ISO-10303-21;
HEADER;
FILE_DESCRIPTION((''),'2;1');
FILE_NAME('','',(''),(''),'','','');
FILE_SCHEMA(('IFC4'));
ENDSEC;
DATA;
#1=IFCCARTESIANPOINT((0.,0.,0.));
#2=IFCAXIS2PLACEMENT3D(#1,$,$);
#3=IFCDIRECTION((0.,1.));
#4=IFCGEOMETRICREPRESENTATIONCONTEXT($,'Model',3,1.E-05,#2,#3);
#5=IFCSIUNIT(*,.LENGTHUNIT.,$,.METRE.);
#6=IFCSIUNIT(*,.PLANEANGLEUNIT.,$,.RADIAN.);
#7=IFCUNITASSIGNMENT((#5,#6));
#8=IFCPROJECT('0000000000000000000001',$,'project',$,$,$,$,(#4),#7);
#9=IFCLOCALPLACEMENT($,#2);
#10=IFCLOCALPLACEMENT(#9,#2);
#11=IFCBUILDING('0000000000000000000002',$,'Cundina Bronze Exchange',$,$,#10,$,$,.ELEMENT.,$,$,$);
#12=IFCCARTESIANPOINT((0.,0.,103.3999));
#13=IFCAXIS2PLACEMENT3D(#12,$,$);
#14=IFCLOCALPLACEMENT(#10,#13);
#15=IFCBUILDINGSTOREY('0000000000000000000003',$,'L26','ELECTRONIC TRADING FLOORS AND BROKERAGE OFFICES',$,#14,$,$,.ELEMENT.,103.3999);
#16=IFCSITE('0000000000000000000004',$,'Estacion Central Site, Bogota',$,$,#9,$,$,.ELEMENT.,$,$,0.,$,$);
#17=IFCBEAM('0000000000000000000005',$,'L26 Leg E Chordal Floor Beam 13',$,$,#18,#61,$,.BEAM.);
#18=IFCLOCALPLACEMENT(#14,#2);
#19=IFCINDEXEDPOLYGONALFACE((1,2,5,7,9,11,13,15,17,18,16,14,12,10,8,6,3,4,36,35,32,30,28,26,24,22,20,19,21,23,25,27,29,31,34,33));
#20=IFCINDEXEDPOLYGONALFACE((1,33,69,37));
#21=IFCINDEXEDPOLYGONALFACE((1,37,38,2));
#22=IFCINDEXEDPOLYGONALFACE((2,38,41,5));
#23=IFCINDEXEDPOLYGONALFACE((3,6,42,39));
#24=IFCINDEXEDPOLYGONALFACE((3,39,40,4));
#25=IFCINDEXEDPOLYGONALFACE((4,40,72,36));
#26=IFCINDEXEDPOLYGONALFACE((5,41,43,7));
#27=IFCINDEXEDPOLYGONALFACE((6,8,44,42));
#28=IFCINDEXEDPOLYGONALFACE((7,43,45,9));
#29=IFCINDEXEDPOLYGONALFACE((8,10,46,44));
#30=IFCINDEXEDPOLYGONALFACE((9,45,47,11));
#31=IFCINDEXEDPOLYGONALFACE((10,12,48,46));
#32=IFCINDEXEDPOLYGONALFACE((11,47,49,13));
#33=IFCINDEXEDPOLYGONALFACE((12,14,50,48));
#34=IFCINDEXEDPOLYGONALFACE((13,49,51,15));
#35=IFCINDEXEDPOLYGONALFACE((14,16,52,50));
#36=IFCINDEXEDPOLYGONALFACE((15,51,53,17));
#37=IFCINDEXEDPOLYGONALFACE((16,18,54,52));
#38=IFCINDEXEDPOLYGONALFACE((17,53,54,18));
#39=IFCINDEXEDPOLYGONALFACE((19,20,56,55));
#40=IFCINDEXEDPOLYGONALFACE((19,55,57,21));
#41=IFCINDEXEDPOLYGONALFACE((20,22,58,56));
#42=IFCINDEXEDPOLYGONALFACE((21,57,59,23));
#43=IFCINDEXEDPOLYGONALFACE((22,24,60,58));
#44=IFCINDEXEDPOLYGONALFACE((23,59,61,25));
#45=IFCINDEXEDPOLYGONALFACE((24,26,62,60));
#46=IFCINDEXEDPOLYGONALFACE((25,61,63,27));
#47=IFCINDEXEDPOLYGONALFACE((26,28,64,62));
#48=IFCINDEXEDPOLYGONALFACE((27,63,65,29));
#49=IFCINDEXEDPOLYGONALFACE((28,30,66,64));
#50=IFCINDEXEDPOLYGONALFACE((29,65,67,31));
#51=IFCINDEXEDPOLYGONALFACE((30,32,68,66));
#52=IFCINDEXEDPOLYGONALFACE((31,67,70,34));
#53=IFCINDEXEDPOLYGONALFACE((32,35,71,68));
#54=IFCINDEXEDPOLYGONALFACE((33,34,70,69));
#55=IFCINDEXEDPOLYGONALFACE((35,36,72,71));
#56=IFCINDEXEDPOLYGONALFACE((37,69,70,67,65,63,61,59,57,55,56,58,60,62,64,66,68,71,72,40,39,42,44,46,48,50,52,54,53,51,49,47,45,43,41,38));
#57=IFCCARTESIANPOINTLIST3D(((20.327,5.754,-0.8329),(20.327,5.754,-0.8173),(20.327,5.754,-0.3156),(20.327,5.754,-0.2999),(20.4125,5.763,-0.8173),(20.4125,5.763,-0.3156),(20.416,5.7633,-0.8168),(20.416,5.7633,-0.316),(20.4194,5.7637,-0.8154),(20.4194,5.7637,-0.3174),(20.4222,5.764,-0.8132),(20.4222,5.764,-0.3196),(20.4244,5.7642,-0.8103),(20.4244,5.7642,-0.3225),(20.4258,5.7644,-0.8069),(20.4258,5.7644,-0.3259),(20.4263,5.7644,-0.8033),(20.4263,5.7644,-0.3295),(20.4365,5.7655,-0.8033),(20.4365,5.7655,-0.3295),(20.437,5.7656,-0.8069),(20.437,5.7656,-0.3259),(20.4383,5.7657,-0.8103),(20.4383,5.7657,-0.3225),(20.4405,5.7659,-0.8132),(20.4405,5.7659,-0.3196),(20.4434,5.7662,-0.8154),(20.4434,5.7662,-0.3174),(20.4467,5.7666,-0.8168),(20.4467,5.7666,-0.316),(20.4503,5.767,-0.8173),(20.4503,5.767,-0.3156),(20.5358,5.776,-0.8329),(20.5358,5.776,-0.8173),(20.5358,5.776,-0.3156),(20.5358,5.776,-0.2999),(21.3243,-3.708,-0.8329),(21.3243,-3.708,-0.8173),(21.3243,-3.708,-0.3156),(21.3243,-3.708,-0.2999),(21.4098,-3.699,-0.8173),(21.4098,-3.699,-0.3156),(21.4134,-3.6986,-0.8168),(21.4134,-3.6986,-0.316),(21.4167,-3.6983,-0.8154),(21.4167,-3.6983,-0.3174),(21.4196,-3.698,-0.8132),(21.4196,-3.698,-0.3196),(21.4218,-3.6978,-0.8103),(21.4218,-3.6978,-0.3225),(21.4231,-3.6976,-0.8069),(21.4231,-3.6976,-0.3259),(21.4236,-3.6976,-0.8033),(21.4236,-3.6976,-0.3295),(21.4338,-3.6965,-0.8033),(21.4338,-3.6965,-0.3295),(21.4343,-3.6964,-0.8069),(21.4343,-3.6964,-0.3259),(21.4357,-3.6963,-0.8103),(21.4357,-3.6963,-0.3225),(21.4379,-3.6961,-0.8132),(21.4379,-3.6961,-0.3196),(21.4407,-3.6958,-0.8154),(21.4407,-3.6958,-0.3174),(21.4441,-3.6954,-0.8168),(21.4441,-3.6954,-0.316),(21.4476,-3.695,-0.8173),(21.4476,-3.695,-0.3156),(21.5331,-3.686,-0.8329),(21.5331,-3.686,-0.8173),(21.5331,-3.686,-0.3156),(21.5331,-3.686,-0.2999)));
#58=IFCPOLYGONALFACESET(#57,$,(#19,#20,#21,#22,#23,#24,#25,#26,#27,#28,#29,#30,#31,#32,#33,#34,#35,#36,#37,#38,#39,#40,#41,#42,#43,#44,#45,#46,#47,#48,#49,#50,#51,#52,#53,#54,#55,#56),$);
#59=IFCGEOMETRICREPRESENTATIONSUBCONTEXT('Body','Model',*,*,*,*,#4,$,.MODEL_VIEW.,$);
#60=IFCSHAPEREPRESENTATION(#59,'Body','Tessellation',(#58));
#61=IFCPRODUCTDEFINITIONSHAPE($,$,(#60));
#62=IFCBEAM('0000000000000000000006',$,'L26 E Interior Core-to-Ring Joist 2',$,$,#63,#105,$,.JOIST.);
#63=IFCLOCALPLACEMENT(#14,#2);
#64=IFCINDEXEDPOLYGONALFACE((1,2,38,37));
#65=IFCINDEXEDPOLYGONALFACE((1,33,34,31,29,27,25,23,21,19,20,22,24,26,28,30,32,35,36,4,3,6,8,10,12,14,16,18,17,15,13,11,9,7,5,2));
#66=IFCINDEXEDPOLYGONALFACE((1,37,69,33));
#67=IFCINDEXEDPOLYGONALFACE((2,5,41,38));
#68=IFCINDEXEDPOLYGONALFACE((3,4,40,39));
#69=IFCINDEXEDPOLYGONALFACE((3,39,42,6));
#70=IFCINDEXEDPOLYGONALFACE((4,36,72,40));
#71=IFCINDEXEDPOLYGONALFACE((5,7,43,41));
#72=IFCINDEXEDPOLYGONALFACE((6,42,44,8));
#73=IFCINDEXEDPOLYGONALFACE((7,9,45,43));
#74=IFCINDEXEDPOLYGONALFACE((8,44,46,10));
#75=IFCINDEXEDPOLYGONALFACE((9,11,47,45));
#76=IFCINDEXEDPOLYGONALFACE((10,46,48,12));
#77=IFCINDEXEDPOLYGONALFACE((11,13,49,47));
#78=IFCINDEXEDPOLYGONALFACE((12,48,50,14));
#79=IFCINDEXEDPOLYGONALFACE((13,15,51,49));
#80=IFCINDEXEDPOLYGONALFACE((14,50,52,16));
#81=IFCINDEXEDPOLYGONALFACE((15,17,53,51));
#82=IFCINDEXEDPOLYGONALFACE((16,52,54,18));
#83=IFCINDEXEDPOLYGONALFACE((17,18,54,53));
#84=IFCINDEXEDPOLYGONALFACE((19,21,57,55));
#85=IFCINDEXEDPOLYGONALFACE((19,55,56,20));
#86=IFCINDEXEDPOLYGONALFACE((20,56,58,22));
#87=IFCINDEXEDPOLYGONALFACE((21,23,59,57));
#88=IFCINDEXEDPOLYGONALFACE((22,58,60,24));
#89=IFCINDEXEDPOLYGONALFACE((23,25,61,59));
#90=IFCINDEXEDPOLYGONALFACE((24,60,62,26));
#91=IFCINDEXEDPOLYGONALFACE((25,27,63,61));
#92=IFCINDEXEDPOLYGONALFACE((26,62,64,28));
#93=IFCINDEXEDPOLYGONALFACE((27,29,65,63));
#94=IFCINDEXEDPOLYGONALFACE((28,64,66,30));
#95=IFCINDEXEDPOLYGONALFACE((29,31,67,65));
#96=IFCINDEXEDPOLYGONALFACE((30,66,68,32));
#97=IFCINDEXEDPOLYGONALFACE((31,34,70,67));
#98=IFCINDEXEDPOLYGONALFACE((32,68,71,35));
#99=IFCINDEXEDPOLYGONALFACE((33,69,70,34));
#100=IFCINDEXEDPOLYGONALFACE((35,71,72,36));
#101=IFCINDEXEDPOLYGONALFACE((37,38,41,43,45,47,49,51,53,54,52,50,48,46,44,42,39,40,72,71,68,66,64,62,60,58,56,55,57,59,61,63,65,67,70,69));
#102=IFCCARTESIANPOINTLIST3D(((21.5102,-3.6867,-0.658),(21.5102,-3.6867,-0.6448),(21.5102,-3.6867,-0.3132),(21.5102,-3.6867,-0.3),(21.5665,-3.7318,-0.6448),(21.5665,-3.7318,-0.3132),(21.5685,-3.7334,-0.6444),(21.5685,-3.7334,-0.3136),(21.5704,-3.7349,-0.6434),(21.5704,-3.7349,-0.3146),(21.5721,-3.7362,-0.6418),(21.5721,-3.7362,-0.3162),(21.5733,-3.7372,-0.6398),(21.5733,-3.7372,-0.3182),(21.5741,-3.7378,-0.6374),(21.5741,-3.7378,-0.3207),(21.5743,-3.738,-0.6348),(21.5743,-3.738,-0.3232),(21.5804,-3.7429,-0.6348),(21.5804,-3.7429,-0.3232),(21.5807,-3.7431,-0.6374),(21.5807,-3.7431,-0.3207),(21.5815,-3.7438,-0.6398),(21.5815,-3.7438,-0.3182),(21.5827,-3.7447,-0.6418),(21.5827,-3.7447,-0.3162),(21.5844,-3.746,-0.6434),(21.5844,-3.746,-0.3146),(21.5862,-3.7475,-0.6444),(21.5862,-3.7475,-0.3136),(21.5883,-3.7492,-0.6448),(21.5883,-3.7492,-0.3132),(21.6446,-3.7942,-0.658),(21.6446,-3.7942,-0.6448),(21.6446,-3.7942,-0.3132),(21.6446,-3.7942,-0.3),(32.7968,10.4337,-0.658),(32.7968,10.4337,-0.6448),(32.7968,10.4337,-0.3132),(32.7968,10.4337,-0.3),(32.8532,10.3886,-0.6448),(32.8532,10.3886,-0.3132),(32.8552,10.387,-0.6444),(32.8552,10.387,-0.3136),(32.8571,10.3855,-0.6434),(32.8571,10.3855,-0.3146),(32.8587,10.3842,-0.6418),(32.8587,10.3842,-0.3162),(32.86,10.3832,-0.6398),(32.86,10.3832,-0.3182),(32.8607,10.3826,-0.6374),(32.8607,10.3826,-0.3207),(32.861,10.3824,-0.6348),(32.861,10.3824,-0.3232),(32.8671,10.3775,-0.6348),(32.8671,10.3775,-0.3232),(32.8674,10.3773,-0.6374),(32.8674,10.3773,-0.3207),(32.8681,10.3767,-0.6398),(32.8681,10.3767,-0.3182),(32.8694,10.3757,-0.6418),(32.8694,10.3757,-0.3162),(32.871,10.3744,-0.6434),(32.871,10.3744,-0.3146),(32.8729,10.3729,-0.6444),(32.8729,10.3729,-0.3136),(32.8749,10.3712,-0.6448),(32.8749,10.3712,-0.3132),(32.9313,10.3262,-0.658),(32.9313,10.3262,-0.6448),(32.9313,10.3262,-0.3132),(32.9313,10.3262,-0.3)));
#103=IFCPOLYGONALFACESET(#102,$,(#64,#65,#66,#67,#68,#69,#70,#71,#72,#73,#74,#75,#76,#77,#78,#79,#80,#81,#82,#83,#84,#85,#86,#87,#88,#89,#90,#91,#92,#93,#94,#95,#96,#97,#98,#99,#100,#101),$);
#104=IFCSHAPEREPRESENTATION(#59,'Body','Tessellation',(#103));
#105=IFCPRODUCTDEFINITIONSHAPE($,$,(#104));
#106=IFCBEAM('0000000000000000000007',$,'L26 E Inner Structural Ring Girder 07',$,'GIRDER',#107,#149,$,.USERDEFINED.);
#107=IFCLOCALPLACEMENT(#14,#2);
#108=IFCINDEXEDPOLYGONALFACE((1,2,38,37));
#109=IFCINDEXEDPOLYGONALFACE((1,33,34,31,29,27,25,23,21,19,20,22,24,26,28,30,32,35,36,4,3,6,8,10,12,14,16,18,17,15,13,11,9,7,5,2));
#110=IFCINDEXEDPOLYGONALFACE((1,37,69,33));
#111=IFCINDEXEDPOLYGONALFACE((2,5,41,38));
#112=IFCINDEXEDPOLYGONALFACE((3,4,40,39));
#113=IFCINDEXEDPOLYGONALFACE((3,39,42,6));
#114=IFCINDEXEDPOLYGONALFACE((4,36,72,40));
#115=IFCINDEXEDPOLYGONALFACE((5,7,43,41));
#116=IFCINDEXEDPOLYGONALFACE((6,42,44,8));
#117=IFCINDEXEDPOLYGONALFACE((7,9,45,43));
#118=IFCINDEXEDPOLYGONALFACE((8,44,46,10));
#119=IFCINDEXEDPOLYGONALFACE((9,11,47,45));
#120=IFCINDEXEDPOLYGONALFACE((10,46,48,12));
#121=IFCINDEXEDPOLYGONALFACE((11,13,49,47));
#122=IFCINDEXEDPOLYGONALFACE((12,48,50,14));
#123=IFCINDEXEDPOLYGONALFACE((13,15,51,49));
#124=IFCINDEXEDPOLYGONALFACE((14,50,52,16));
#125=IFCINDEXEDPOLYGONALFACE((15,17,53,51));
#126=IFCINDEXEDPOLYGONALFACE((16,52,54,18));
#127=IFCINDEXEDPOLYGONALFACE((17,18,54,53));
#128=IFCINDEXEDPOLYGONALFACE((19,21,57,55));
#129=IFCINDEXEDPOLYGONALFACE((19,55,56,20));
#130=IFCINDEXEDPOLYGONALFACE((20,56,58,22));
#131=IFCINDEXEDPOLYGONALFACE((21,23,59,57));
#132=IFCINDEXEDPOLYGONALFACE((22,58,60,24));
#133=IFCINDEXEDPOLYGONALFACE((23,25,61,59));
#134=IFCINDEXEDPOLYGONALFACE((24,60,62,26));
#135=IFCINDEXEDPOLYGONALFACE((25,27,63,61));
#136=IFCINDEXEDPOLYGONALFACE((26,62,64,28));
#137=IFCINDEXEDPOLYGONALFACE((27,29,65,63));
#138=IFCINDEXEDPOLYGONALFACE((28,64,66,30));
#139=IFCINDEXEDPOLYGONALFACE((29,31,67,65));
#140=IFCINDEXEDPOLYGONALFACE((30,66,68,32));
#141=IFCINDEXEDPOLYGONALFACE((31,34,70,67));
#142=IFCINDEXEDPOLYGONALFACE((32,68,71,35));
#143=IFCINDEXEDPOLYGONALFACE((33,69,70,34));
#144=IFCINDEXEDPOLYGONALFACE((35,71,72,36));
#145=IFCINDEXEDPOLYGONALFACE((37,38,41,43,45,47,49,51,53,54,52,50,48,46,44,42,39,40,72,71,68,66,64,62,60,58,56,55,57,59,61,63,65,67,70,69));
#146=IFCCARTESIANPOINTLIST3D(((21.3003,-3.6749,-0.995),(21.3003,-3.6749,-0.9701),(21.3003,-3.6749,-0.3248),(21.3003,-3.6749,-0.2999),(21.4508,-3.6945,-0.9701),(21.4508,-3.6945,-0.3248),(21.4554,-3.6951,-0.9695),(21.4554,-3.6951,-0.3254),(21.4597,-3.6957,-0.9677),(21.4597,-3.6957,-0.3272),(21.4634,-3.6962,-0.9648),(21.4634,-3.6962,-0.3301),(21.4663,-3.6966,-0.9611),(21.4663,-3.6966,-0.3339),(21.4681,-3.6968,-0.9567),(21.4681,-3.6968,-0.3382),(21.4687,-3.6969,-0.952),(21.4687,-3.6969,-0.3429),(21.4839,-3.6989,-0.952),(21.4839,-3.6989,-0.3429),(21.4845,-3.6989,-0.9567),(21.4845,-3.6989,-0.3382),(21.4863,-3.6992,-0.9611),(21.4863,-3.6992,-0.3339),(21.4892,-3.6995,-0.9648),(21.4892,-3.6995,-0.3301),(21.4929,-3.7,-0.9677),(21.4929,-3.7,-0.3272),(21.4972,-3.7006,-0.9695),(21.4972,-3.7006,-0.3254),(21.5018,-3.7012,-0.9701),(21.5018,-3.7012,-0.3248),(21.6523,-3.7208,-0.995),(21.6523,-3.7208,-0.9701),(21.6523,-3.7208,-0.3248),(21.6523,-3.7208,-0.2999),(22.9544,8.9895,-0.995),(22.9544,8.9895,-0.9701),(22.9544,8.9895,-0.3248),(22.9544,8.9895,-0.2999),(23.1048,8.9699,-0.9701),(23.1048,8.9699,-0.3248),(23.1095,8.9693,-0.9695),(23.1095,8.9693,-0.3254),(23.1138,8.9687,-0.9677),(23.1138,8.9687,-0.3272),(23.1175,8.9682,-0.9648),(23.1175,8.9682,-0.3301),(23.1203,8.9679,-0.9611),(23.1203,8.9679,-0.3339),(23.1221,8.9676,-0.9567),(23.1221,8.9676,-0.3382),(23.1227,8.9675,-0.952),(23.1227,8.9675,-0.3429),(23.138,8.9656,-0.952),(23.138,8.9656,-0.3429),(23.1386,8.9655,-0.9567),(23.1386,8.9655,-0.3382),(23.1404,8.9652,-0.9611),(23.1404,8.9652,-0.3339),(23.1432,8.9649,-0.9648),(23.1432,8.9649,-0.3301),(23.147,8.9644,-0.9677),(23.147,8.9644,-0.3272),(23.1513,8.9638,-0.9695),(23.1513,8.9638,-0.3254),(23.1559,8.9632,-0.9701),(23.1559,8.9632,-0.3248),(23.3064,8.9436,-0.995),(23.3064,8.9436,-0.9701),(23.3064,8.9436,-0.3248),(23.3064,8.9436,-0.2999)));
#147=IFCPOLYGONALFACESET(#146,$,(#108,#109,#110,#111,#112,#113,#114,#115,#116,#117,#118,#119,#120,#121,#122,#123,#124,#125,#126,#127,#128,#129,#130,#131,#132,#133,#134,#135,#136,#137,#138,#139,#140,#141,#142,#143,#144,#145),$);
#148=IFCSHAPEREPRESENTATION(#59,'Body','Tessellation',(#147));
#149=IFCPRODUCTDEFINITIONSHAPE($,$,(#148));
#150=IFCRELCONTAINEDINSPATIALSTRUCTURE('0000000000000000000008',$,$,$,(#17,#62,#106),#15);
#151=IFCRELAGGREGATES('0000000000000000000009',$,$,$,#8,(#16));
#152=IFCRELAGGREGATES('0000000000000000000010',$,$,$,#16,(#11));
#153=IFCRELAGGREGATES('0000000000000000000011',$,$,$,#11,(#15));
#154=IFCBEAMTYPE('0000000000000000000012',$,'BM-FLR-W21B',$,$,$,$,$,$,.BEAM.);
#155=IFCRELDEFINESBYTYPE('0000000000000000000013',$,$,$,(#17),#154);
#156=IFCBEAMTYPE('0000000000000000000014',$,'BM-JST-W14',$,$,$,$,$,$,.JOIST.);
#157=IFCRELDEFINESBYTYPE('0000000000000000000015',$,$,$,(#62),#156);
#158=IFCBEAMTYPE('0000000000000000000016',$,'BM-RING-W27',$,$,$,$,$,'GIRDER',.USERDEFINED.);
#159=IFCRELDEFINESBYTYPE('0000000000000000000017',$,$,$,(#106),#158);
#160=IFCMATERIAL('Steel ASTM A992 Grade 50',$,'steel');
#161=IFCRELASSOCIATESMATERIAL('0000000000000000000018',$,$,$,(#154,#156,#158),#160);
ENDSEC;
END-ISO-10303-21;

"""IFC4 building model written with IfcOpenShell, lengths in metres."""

from ifc_helpers import new_model, si_unit, direction, frame, origin, origin_2d, place, context, subcontext, project, spatial, i_section, extrude, material, material_profile, profile_set, type_object, element, save


model = new_model("IFC4")

# Units and contexts
model_context = context("Model", 3, precision=1e-05, world=origin(), true_north=direction((0.0, 1.0)))
body_context = subcontext(model_context, "Body", "Model", "MODEL_VIEW")
ifc_project = project(units=[si_unit("LENGTHUNIT", "METRE"), si_unit("PLANEANGLEUNIT", "RADIAN")], contexts=[model_context])

# Site, building, storey
site_placement = place(None, origin())
site = spatial("IfcSite", under=ifc_project, at=site_placement, Name="Estacion Central Site, Bogota", CompositionType="ELEMENT", RefElevation=0.0)
building_placement = place(site_placement, origin())
building = spatial("IfcBuilding", under=site, at=building_placement, Name="Cundina Bronze Exchange", CompositionType="ELEMENT")
storey_placement = place(building_placement, frame((0.0, 0.0, 103.3999)))
storey = spatial("IfcBuildingStorey", under=building, at=storey_placement, Name="L26", Description="ELECTRONIC TRADING FLOORS AND BROKERAGE OFFICES", CompositionType="ELEMENT", Elevation=103.3999)

# Shared definitions
ifc_material_1 = material(Name="Steel ASTM A992 Grade 50", Category="steel")

# Beams
ifc_material_profile_1 = material_profile(ifc_material_1, i_section(OverallWidth=0.21, OverallDepth=0.533, WebThickness=0.0103, FlangeThickness=0.0156, FilletRadius=0.0139, at=origin_2d()), Name="W21X62", Category="steel")
ifc_profile_set_1 = profile_set([ifc_material_profile_1], Name="Steel ASTM A992 Grade 50")
beam_type_1 = type_object("IfcBeamType", Name="BM-FLR-W21B", PredefinedType="BEAM", material=ifc_profile_set_1)
beam_1_placement = place(storey_placement, frame((21.4287, -3.697, -0.5664), z_axis=(-0.104822, 0.994491, 0.0), x_axis=(-0.994491, -0.104822, 0.0)))
element("IfcBeam", 1, at=beam_1_placement, inside=storey, type_object=beam_type_1, Name="L26 Leg E Chordal Floor Beam 13", PredefinedType="BEAM", context=body_context, shape_type="SweptSolid", body=[
    extrude(i_section(OverallWidth=0.21, OverallDepth=0.533, WebThickness=0.0103, FlangeThickness=0.0156, FilletRadius=0.0139, at=origin_2d()), origin(), (0.0, 0.0, 1.0), 9.5144),
])
ifc_material_profile_2 = material_profile(ifc_material_1, i_section(OverallWidth=0.1721, OverallDepth=0.3579, WebThickness=0.0078, FlangeThickness=0.0132, FilletRadius=0.01, at=origin_2d()), Name="W14X38", Category="steel")
ifc_profile_set_2 = profile_set([ifc_material_profile_2], Name="Steel ASTM A992 Grade 50")
beam_type_2 = type_object("IfcBeamType", Name="BM-JST-W14", PredefinedType="JOIST", material=ifc_profile_set_2)
beam_2_placement = place(storey_placement, frame((21.5774, -3.7405, -0.479), z_axis=(0.624369, 0.78113, 0.0), x_axis=(-0.78113, 0.624369, 0.0)))
element("IfcBeam", 2, at=beam_2_placement, inside=storey, type_object=beam_type_2, Name="L26 E Interior Core-to-Ring Joist 2", PredefinedType="JOIST", context=body_context, shape_type="SweptSolid", body=[
    extrude(i_section(OverallWidth=0.1721, OverallDepth=0.3579, WebThickness=0.0078, FlangeThickness=0.0132, FilletRadius=0.01, at=origin_2d()), origin(), (0.0, 0.0, 1.0), 18.0769),
])
ifc_material_profile_3 = material_profile(ifc_material_1, i_section(OverallWidth=0.355, OverallDepth=0.6951, WebThickness=0.0154, FlangeThickness=0.0249, FilletRadius=0.0181, at=origin_2d()), Name="W27X146", Category="steel")
ifc_profile_set_3 = profile_set([ifc_material_profile_3], Name="Steel ASTM A992 Grade 50")
beam_type_3 = type_object("IfcBeamType", Name="BM-RING-W27", ElementType="GIRDER", PredefinedType="USERDEFINED", material=ifc_profile_set_3)
beam_3_placement = place(storey_placement, frame((23.1304, 8.9666, -0.6475), z_axis=(-0.129508, -0.991578, 0.0), x_axis=(0.991578, -0.129508, 0.0)))
element("IfcBeam", 3, at=beam_3_placement, inside=storey, type_object=beam_type_3, Name="L26 E Inner Structural Ring Girder 07", ObjectType="GIRDER", PredefinedType="USERDEFINED", context=body_context, shape_type="SweptSolid", body=[
    extrude(i_section(OverallWidth=0.355, OverallDepth=0.6951, WebThickness=0.0154, FlangeThickness=0.0249, FilletRadius=0.0181, at=origin_2d()), origin(), (0.0, 0.0, 1.0), 12.772),
])

save(model, "model.ifc")
